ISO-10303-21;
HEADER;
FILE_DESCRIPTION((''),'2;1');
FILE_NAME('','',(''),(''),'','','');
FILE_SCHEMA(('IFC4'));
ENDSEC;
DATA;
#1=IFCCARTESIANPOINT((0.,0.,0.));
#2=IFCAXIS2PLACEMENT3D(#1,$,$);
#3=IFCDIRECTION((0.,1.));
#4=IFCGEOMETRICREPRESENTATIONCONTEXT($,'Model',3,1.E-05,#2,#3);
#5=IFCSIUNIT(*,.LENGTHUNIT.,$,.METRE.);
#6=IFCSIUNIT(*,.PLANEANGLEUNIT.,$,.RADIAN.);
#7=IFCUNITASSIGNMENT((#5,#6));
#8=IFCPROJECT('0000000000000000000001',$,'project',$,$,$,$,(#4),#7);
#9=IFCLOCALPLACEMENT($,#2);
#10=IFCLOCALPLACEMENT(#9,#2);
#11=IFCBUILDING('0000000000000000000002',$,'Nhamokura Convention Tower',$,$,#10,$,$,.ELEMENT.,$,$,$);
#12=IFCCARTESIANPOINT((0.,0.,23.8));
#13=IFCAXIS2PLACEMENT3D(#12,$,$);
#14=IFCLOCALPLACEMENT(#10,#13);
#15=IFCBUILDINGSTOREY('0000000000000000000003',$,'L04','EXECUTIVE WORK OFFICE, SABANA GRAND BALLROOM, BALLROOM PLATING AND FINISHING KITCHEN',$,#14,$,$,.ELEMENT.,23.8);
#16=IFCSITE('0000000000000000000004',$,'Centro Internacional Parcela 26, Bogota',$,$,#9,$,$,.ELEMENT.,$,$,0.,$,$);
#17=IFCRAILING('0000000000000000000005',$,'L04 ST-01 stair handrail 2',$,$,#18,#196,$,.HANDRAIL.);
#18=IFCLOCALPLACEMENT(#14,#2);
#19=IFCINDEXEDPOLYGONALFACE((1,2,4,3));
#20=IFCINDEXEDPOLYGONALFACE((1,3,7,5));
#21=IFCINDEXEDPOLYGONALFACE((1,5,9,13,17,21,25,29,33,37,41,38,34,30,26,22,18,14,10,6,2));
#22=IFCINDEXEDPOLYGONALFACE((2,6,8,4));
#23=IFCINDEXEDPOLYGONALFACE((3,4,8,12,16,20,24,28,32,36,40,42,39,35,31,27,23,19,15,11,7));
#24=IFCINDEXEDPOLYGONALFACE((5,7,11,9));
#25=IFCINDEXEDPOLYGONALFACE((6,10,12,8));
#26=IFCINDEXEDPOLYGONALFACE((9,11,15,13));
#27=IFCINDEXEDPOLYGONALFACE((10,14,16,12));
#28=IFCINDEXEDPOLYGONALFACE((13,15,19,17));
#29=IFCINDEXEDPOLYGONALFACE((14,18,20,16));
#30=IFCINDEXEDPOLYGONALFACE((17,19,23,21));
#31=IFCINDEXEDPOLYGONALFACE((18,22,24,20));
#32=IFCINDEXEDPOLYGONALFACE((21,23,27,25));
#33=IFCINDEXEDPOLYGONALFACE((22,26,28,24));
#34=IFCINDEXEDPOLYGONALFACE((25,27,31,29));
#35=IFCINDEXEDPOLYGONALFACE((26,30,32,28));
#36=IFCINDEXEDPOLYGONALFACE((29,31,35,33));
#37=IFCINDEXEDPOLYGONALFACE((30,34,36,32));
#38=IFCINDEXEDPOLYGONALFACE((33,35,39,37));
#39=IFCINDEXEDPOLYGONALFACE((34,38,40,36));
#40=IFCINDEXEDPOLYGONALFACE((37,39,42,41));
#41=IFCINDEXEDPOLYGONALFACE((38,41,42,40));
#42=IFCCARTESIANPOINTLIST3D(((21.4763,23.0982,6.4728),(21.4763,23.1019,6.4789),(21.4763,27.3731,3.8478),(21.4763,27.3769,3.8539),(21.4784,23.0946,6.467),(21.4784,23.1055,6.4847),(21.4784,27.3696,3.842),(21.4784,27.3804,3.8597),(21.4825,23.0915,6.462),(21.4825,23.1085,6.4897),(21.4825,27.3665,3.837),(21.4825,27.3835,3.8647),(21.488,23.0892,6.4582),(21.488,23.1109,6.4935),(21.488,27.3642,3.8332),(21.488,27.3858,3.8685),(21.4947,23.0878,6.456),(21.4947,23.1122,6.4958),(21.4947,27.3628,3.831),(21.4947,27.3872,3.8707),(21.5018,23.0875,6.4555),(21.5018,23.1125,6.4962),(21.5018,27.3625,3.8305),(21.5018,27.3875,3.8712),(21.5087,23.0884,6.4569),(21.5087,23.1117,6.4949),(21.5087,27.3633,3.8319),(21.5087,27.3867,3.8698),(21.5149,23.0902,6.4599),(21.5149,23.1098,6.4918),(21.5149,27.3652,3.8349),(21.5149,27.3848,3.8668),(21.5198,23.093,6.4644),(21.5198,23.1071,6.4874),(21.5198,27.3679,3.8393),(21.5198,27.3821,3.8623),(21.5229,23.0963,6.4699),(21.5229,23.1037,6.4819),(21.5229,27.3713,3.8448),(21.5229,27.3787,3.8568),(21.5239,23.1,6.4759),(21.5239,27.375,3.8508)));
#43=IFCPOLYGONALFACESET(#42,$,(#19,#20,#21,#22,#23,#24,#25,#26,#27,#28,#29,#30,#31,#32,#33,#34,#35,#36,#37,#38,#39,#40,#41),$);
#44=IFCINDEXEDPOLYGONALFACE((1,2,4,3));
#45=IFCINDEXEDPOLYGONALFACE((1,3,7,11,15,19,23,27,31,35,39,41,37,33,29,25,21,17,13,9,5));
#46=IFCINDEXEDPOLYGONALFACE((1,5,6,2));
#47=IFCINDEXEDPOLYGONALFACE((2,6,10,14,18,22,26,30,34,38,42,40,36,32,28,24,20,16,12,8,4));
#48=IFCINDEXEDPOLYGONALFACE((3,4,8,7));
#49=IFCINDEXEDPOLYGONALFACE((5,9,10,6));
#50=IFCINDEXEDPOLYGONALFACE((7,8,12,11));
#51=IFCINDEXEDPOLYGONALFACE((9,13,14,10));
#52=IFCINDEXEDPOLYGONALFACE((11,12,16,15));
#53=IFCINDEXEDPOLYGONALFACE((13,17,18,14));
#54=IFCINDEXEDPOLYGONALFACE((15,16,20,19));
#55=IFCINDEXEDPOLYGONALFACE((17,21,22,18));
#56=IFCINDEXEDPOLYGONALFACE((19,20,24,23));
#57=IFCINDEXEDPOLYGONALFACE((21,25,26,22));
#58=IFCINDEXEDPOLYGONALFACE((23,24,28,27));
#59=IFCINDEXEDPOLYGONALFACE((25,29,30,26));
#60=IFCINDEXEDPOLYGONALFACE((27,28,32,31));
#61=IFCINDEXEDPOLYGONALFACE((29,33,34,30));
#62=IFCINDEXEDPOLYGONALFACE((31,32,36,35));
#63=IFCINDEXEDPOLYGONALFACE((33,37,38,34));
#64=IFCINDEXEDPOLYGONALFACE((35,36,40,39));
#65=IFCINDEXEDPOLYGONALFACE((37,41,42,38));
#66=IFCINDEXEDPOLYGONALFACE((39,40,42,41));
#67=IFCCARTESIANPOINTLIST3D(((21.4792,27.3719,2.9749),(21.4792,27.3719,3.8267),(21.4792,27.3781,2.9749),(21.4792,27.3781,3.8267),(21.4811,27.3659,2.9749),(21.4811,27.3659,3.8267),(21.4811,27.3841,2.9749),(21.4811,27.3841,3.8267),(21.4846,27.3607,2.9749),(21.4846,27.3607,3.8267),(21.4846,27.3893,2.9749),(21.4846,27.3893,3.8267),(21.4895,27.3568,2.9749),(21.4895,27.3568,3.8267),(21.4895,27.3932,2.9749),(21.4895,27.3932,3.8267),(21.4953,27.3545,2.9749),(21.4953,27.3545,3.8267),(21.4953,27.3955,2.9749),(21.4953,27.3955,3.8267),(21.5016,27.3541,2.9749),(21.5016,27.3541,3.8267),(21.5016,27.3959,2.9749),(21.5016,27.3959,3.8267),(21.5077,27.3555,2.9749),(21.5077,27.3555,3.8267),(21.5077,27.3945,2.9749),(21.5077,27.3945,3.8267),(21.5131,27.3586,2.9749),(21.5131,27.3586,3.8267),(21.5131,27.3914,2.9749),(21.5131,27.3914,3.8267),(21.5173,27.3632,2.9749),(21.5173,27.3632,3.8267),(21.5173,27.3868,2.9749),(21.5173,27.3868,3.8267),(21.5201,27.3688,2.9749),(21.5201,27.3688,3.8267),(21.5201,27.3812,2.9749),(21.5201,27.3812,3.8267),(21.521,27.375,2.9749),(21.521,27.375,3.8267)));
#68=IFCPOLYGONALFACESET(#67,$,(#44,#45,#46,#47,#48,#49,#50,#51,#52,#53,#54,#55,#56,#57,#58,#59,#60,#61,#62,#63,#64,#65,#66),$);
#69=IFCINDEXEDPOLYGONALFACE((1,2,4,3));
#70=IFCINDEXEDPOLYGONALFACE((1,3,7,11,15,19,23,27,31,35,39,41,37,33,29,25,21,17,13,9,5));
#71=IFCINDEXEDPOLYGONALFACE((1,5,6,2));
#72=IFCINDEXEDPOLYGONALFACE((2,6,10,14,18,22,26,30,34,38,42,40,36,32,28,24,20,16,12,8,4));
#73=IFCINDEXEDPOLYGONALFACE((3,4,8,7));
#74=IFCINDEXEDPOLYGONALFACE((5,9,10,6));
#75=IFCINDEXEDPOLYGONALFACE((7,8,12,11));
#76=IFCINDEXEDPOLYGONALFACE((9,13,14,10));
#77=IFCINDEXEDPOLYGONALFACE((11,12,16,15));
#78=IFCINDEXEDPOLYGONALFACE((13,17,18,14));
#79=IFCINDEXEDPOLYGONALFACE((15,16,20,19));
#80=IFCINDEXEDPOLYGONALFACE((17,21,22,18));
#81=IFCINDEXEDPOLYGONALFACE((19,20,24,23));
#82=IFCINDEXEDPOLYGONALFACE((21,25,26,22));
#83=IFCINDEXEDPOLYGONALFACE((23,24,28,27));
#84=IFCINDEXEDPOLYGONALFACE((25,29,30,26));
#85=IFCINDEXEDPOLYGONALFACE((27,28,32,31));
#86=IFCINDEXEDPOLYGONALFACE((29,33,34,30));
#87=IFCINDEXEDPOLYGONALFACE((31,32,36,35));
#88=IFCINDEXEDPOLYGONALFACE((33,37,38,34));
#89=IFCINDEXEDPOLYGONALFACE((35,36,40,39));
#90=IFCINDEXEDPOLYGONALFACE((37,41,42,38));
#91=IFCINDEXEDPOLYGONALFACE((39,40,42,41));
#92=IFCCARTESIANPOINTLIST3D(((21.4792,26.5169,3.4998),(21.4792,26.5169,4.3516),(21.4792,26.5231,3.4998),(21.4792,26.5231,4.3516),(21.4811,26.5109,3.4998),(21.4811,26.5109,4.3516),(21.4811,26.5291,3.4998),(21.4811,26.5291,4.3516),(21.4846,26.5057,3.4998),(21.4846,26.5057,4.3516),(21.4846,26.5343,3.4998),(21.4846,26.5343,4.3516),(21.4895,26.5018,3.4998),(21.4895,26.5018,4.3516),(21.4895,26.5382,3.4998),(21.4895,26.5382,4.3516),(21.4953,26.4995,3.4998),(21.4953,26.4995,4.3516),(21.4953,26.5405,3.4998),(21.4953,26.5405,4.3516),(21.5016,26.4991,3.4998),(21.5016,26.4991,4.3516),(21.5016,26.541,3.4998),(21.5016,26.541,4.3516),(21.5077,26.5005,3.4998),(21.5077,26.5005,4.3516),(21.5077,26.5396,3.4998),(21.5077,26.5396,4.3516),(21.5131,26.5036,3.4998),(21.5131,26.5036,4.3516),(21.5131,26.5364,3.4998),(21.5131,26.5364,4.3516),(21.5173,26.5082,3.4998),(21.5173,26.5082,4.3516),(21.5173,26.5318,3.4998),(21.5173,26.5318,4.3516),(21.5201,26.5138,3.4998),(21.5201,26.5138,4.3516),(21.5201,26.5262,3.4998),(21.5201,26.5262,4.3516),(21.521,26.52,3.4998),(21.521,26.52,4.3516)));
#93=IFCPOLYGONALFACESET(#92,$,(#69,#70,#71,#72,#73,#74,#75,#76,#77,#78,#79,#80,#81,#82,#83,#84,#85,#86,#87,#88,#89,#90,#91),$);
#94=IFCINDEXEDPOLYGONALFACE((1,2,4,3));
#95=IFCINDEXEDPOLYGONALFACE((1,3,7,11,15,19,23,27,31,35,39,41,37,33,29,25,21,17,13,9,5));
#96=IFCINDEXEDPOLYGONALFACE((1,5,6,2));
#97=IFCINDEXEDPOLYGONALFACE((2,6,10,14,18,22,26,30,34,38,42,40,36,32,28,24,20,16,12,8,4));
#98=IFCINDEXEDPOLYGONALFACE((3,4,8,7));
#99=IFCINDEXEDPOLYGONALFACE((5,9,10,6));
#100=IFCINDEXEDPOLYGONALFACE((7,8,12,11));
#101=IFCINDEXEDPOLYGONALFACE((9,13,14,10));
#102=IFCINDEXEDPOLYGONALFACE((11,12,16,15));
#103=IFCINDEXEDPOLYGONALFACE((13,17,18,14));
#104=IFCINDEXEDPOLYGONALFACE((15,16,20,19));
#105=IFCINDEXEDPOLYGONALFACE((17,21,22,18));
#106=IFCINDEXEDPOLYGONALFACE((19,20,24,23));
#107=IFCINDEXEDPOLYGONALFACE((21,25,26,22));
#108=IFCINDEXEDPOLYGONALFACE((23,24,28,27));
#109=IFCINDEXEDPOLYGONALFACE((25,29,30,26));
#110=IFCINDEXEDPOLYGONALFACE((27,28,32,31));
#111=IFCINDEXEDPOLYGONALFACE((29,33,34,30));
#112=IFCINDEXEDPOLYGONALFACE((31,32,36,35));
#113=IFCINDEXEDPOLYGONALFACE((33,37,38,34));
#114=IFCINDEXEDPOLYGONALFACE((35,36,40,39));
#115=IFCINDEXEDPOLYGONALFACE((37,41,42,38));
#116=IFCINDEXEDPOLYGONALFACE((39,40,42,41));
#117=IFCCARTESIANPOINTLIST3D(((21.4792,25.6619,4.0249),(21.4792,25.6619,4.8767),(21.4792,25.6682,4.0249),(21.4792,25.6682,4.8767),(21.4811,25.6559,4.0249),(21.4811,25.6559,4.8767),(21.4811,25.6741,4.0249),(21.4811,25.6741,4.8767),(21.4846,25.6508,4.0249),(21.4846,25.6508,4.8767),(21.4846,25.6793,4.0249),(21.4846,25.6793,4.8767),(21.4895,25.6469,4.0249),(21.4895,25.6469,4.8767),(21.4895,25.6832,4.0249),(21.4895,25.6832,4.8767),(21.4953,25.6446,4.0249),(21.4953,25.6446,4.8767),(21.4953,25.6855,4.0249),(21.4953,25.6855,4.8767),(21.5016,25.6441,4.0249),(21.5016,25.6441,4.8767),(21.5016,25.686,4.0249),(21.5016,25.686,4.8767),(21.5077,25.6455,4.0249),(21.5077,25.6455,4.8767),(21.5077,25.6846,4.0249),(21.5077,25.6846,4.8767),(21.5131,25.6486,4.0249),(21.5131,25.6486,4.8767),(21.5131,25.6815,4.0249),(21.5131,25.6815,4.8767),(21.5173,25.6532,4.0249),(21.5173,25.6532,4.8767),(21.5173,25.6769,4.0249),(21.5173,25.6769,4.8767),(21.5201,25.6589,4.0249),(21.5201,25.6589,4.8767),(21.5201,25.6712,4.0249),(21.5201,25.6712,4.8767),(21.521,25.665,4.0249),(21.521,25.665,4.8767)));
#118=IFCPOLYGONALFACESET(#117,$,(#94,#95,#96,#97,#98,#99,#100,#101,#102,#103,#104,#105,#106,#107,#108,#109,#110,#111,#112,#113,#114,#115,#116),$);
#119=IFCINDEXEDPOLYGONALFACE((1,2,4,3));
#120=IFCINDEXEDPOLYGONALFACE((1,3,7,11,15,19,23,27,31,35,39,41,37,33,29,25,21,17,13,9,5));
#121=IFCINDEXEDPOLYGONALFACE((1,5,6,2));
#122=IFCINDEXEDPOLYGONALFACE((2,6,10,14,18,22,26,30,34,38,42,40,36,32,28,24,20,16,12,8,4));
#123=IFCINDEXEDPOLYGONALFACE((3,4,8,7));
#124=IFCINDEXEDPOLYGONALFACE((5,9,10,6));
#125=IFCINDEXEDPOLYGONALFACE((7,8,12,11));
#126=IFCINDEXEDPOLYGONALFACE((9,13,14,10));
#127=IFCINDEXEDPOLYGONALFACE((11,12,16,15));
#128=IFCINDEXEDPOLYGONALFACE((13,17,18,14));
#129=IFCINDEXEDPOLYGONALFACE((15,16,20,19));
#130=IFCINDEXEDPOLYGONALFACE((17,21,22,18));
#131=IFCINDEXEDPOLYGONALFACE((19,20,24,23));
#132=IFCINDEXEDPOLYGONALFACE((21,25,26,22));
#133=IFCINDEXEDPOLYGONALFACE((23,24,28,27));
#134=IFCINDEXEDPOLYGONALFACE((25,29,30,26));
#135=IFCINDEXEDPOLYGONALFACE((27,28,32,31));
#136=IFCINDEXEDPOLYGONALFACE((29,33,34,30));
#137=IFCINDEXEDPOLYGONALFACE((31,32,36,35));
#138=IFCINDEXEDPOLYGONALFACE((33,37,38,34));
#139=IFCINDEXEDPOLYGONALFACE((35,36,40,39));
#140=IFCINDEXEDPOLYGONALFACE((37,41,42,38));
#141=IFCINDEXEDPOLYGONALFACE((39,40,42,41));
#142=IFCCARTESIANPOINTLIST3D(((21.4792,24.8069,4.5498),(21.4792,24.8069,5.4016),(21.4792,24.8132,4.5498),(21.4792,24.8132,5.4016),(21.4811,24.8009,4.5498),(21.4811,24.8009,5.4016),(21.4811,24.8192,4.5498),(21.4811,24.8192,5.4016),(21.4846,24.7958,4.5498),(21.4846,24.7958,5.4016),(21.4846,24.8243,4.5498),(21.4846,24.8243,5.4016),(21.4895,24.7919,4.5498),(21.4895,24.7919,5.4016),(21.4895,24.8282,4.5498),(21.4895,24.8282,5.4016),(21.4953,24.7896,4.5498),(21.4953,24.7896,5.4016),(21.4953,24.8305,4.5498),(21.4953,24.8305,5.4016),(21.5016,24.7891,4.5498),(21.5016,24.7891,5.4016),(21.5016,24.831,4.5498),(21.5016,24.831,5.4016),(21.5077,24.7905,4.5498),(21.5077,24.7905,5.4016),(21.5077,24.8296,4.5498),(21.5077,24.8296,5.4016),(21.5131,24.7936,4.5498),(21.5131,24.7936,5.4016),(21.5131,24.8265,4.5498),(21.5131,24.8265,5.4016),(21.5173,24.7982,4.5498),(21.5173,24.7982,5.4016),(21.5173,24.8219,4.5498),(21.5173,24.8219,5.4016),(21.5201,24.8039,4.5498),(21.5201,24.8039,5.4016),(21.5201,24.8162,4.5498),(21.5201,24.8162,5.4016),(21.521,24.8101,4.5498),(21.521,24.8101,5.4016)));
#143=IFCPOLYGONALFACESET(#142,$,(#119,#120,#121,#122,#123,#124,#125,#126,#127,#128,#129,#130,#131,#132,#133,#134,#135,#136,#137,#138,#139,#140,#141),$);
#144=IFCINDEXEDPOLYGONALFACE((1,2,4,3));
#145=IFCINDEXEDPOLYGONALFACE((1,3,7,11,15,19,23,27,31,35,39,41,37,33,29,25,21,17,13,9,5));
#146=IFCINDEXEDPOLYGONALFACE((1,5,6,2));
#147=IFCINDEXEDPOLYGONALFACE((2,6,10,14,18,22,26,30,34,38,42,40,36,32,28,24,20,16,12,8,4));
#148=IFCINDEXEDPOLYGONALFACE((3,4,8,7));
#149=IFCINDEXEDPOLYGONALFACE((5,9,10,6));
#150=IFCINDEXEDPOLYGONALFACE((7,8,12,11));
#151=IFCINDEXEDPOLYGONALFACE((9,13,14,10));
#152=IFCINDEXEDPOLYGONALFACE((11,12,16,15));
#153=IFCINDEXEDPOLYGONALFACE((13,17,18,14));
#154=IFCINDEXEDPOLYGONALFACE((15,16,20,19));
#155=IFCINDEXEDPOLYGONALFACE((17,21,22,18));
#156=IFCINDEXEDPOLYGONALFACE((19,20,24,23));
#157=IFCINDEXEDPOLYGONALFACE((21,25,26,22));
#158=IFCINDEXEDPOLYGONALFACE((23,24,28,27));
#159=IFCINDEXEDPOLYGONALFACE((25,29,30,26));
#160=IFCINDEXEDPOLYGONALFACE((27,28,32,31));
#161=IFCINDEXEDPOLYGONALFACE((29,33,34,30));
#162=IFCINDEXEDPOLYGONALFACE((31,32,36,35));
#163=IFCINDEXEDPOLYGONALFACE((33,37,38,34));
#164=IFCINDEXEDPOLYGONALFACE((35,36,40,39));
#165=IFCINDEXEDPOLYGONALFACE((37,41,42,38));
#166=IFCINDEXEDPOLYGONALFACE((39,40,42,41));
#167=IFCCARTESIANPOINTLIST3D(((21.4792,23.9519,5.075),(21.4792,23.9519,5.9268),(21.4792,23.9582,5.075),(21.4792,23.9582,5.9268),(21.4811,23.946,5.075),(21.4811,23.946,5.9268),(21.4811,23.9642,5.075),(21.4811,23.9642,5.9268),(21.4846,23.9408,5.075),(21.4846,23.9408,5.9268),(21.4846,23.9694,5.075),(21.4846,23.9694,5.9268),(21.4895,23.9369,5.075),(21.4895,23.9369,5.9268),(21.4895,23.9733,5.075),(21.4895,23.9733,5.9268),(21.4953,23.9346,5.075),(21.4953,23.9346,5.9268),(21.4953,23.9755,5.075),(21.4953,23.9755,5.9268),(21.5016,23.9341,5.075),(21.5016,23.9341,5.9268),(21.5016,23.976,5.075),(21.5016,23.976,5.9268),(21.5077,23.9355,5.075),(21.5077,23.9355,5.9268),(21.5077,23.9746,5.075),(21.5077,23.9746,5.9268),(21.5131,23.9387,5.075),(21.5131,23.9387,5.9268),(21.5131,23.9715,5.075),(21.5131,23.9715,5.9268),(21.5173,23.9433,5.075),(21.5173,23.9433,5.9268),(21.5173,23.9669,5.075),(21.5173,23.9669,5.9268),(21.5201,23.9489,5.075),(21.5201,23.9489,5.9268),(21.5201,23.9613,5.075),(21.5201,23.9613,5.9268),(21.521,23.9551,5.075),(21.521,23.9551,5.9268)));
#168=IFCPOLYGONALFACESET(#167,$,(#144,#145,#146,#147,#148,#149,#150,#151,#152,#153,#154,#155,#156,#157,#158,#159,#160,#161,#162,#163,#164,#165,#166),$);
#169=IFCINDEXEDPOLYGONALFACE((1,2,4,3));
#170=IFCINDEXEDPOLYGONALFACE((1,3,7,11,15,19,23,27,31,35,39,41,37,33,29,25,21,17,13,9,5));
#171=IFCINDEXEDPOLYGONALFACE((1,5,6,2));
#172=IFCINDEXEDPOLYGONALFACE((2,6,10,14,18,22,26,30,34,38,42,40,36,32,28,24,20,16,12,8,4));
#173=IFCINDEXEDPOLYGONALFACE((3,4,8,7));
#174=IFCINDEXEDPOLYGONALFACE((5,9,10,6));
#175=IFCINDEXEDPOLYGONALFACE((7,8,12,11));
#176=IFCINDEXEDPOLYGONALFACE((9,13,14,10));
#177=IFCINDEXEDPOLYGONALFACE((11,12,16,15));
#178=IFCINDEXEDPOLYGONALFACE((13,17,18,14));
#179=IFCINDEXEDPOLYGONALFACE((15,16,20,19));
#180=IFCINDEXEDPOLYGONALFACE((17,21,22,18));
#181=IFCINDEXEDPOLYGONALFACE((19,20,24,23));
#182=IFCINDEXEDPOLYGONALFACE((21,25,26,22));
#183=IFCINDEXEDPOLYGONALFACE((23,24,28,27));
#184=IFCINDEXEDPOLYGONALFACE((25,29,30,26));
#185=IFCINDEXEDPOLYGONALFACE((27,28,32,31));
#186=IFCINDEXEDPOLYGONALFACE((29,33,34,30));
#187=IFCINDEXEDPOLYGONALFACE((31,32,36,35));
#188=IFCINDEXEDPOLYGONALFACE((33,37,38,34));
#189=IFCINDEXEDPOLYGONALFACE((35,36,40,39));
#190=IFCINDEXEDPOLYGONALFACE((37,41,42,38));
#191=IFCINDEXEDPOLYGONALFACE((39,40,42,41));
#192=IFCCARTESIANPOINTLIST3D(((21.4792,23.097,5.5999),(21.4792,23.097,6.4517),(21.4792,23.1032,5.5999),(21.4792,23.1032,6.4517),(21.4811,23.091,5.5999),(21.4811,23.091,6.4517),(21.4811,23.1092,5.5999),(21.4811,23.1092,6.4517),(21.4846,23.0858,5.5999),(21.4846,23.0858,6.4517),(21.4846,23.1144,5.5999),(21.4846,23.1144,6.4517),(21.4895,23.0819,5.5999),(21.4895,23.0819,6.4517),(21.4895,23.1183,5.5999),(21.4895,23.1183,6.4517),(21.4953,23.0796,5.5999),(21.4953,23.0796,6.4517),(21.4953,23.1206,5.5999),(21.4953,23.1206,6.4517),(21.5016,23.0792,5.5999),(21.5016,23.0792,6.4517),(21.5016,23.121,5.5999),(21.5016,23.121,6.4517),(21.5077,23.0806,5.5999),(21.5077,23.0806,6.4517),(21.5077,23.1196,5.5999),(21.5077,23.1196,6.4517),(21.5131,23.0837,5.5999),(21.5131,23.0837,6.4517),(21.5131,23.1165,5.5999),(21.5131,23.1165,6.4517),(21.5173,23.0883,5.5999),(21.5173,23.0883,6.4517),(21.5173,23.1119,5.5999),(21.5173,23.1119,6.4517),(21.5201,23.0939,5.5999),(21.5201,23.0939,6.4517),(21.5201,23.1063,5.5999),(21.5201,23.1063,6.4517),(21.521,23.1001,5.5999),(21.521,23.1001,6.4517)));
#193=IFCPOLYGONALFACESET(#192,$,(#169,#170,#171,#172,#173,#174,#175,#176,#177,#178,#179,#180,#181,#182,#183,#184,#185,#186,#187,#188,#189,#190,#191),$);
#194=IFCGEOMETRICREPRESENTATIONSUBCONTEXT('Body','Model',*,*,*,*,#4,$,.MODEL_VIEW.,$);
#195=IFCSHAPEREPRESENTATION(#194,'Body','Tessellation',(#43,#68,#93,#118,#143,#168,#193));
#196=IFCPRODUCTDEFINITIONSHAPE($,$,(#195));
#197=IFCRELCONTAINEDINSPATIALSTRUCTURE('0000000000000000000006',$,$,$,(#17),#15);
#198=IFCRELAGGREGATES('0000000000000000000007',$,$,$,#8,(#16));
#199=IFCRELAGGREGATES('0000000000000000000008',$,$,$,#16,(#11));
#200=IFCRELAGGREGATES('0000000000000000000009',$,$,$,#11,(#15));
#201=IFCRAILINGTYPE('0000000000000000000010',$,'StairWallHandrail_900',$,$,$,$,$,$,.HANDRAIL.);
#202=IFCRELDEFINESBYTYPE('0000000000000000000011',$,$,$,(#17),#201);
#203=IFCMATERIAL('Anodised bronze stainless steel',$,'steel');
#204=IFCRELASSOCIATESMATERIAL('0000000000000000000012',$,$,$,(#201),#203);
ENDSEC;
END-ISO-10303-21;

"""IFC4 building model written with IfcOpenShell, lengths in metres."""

from ifc_helpers import new_model, si_unit, direction, frame, origin, origin_2d, place, context, subcontext, project, spatial, circle, extrude, material, type_object, element, save


model = new_model("IFC4")

# Units and contexts
model_context = context("Model", 3, precision=1e-05, world=origin(), true_north=direction((0.0, 1.0)))
body_context = subcontext(model_context, "Body", "Model", "MODEL_VIEW")
ifc_project = project(units=[si_unit("LENGTHUNIT", "METRE"), si_unit("PLANEANGLEUNIT", "RADIAN")], contexts=[model_context])

# Site, building, storey
site_placement = place(None, origin())
site = spatial("IfcSite", under=ifc_project, at=site_placement, Name="Centro Internacional Parcela 26, Bogota", CompositionType="ELEMENT", RefElevation=0.0)
building_placement = place(site_placement, origin())
building = spatial("IfcBuilding", under=site, at=building_placement, Name="Nhamokura Convention Tower", CompositionType="ELEMENT")
storey_placement = place(building_placement, frame((0.0, 0.0, 23.8)))
storey = spatial("IfcBuildingStorey", under=building, at=storey_placement, Name="L04", Description="EXECUTIVE WORK OFFICE, SABANA GRAND BALLROOM, BALLROOM PLATING AND FINISHING KITCHEN", CompositionType="ELEMENT", Elevation=23.8)

# Railing
ifc_material_1 = material(Name="Anodised bronze stainless steel", Category="steel")
railing_type_1 = type_object("IfcRailingType", Name="StairWallHandrail_900", PredefinedType="HANDRAIL", material=ifc_material_1)
railing_1_placement = place(storey_placement, frame((21.5, 27.375, 2.9749)))
element("IfcRailing", 1, at=railing_1_placement, inside=storey, type_object=railing_type_1, Name="L04 ST-01 stair handrail 2", PredefinedType="HANDRAIL", context=body_context, shape_type="SweptSolid", body=[
    extrude(circle(Radius=0.0239, at=origin_2d()), frame((0.0, 0.0, 0.876), z_axis=(0.0, -0.852166, 0.523272), x_axis=(1.0, 0.0, 0.0)), (0.0, 0.0, 1.0), 5.0166),
    extrude(circle(Radius=0.021, at=origin_2d()), origin(), (0.0, 0.0, 1.0), 0.8518),
    extrude(circle(Radius=0.021, at=origin_2d()), frame((0.0, -0.855, 0.5249)), (0.0, 0.0, 1.0), 0.8518),
    extrude(circle(Radius=0.021, at=origin_2d()), frame((0.0, -1.71, 1.05)), (0.0, 0.0, 1.0), 0.8518),
    extrude(circle(Radius=0.021, at=origin_2d()), frame((0.0, -2.5649, 1.575)), (0.0, 0.0, 1.0), 0.8518),
    extrude(circle(Radius=0.021, at=origin_2d()), frame((0.0, -3.4199, 2.1001)), (0.0, 0.0, 1.0), 0.8518),
    extrude(circle(Radius=0.021, at=origin_2d()), frame((0.0, -4.2749, 2.625)), (0.0, 0.0, 1.0), 0.8518),
])

save(model, "model.ifc")
